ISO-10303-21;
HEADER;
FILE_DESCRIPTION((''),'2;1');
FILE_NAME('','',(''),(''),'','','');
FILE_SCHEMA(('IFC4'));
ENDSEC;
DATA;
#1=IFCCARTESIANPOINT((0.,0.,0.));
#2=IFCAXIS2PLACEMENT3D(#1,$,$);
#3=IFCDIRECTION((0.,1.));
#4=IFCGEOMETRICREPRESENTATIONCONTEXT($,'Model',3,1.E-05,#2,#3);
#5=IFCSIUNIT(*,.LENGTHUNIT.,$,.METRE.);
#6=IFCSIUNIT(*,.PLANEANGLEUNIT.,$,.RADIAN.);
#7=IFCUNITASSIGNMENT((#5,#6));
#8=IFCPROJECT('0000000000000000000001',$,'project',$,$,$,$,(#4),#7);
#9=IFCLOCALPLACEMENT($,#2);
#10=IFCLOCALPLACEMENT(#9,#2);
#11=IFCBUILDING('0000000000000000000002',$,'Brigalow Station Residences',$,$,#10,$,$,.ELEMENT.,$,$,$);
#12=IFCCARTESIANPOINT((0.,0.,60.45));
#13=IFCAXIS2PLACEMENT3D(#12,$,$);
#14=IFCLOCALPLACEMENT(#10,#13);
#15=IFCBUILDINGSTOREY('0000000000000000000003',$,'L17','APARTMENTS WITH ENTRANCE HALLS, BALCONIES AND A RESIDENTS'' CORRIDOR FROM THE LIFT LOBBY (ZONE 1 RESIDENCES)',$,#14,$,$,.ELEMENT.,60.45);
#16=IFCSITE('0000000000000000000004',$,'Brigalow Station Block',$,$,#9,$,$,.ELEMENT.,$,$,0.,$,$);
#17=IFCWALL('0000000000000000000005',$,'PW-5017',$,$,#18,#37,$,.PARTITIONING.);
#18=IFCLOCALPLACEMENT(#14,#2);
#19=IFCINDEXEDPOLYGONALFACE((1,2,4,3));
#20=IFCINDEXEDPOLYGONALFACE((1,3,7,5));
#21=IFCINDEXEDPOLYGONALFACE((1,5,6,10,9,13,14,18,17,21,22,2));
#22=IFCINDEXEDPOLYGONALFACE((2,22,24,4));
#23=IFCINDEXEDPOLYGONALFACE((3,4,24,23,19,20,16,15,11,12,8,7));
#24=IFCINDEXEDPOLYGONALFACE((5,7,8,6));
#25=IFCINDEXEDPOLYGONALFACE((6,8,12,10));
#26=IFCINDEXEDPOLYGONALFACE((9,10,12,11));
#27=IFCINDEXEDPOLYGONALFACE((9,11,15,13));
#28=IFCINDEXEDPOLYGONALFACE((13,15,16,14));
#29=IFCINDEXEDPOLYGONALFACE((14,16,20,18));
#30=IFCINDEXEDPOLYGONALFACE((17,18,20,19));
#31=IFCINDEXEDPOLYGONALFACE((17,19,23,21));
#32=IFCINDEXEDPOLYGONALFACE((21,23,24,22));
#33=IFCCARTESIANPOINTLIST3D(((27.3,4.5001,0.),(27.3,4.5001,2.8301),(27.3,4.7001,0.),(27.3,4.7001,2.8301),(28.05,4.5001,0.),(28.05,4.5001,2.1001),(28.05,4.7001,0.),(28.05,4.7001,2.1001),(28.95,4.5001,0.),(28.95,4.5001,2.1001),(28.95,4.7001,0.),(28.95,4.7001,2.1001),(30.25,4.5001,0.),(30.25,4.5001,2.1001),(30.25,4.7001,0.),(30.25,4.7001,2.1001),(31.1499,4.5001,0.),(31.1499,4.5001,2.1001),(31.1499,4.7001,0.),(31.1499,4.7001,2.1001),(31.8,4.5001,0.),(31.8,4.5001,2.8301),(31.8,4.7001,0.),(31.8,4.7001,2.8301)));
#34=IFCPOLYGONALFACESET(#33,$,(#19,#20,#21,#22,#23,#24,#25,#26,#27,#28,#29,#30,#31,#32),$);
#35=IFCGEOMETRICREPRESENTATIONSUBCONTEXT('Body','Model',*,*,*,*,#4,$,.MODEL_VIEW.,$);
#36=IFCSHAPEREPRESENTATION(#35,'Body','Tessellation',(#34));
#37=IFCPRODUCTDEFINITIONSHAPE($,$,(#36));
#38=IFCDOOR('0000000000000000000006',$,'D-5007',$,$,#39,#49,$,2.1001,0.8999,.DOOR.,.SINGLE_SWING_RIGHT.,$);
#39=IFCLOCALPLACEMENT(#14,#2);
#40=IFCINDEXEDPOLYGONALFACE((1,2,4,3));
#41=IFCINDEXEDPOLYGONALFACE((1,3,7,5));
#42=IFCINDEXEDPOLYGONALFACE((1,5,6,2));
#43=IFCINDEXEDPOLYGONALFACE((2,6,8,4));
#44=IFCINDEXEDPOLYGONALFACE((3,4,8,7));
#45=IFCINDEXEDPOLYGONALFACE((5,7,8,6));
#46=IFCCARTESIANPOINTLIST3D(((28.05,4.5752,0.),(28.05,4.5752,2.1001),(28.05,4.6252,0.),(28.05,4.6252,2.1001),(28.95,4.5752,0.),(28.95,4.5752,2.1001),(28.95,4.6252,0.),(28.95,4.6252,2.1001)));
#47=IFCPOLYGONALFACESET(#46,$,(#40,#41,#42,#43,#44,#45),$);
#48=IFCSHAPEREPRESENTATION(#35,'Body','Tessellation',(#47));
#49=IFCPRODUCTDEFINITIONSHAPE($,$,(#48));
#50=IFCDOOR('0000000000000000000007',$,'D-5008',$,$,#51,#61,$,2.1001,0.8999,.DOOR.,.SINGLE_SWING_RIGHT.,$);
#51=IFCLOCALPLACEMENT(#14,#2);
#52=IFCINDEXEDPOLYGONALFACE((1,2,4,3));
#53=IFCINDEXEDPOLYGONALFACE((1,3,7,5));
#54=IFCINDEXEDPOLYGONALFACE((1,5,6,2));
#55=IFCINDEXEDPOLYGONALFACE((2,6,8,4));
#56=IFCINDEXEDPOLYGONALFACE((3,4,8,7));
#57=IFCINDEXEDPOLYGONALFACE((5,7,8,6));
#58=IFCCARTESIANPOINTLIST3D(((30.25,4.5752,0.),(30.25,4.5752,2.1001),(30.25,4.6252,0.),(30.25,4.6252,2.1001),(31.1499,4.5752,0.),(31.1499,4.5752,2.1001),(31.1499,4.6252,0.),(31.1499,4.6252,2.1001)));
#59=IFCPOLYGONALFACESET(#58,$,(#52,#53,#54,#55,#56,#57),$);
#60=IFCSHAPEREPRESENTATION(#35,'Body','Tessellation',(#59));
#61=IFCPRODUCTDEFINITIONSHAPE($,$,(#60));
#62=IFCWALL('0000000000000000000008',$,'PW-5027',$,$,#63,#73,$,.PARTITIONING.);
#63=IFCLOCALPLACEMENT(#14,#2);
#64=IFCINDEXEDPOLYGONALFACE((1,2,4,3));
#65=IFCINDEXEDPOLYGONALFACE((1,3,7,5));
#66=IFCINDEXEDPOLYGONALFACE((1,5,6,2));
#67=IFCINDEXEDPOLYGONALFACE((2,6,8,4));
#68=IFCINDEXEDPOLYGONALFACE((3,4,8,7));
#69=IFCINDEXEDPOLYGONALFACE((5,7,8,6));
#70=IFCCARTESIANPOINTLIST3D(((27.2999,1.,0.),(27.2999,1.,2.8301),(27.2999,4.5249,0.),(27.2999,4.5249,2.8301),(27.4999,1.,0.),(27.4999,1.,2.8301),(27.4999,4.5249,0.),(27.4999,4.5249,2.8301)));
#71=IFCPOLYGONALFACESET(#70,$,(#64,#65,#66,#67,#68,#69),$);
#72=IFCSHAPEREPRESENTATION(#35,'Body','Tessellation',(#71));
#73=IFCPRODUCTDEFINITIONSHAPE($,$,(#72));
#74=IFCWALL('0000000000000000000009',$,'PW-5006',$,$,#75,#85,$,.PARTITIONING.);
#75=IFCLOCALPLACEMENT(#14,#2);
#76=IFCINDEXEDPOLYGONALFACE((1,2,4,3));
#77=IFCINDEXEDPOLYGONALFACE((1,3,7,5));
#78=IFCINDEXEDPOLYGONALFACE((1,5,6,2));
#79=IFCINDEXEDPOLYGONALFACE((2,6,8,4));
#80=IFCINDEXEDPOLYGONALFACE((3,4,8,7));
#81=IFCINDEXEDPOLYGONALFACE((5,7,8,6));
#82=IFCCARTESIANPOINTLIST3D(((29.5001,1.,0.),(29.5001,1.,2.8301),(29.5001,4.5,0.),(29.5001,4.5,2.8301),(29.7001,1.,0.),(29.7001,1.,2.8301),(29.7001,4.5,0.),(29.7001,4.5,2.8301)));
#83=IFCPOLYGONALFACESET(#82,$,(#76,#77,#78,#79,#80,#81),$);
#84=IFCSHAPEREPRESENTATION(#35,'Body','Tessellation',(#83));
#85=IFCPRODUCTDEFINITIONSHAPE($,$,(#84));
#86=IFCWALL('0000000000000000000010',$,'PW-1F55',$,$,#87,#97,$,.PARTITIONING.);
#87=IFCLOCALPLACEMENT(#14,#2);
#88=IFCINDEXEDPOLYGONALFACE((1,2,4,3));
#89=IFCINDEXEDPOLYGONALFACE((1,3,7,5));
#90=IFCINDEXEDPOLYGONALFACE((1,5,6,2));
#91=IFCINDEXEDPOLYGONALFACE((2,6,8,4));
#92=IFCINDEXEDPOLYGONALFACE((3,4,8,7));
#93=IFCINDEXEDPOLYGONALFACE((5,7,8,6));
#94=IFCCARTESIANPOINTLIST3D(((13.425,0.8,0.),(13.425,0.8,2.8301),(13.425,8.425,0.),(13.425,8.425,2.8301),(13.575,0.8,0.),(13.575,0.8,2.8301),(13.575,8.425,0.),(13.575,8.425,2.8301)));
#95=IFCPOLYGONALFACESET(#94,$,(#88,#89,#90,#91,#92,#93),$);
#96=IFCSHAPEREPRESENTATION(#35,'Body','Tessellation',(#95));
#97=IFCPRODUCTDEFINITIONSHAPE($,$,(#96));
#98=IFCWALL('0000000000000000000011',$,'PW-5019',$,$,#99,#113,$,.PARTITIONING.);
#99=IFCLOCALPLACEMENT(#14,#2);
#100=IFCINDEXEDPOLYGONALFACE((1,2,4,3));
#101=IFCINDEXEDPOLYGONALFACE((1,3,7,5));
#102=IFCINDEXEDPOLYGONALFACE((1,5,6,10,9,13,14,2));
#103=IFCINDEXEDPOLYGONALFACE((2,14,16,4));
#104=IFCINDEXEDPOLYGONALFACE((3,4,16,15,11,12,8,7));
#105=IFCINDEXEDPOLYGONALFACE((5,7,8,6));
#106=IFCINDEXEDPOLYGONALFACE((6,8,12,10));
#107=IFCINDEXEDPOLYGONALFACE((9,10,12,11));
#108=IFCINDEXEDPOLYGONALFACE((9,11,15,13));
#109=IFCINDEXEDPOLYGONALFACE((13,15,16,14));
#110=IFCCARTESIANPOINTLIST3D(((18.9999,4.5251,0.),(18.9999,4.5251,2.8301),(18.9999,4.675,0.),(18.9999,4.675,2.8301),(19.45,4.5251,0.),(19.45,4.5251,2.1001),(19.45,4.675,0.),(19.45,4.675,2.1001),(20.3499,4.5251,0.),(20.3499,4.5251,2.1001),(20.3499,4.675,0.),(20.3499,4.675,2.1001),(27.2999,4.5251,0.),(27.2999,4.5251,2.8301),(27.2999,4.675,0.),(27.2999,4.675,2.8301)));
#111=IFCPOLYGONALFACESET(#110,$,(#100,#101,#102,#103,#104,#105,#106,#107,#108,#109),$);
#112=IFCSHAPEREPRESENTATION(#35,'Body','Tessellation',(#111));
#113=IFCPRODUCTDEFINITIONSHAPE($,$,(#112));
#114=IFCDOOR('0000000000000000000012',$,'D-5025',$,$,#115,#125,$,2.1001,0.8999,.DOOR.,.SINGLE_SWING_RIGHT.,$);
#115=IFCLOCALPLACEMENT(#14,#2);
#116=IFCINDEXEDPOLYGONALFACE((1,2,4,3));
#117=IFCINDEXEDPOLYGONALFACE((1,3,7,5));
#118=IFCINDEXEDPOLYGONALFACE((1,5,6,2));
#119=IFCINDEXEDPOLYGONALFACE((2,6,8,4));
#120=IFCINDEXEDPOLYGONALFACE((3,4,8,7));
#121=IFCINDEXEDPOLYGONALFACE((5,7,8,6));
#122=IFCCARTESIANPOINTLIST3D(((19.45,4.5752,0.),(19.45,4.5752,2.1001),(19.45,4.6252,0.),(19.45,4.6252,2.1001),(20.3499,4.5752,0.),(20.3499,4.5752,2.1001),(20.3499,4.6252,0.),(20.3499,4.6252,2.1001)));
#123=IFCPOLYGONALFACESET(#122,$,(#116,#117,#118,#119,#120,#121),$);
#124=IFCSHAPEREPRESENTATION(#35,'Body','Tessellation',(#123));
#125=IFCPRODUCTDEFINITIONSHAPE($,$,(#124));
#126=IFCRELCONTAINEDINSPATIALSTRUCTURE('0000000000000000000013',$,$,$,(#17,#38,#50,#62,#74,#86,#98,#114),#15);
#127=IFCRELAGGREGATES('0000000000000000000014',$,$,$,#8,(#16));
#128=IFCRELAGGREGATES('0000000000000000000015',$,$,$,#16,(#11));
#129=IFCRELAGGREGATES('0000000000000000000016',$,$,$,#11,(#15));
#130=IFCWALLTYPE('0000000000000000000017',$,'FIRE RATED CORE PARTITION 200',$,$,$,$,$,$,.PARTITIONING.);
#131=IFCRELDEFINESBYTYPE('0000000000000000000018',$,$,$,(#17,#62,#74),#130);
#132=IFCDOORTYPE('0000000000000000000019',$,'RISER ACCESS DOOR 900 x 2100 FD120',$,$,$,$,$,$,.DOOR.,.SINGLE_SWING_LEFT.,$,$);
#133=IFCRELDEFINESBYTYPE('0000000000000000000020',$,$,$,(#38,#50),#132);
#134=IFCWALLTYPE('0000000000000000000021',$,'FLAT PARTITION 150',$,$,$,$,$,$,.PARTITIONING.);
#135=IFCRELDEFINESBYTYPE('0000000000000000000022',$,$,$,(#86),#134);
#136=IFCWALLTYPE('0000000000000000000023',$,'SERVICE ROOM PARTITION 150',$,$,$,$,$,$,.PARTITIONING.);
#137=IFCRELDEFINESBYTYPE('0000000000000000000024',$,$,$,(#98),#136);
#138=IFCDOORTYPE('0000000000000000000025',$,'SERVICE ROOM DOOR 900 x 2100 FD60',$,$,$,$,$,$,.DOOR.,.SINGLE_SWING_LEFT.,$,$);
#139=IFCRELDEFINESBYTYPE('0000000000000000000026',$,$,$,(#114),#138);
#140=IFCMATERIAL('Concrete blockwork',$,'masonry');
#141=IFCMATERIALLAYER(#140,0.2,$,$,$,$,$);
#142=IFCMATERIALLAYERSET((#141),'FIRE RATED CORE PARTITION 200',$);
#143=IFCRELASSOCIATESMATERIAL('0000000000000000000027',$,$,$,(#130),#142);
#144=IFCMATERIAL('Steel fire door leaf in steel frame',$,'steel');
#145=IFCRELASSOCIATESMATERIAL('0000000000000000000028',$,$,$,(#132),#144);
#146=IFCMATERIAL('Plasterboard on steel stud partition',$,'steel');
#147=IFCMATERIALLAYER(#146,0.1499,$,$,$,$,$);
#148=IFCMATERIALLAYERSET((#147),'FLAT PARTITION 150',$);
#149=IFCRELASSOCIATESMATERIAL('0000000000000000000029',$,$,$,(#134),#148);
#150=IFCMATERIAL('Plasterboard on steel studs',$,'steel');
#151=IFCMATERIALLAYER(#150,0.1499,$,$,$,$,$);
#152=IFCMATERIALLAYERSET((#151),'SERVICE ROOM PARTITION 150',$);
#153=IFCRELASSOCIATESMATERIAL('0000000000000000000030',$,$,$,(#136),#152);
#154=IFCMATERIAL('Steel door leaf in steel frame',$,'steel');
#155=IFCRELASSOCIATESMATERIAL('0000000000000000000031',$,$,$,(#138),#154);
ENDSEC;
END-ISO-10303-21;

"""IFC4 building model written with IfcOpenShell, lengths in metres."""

from ifc_helpers import new_model, si_unit, direction, frame, frame_2d, origin, place, context, subcontext, project, spatial, rectangle, extrude, material, layer, layer_set, type_object, element, fill, save


model = new_model("IFC4")

# Units and contexts
model_context = context("Model", 3, precision=1e-05, world=origin(), true_north=direction((0.0, 1.0)))
body_context = subcontext(model_context, "Body", "Model", "MODEL_VIEW")
ifc_project = project(units=[si_unit("LENGTHUNIT", "METRE"), si_unit("PLANEANGLEUNIT", "RADIAN")], contexts=[model_context])

# Site, building, storey
site_placement = place(None, origin())
site = spatial("IfcSite", under=ifc_project, at=site_placement, Name="Brigalow Station Block", CompositionType="ELEMENT", RefElevation=0.0)
building_placement = place(site_placement, origin())
building = spatial("IfcBuilding", under=site, at=building_placement, Name="Brigalow Station Residences", CompositionType="ELEMENT")
storey_placement = place(building_placement, frame((0.0, 0.0, 60.45)))
storey = spatial("IfcBuildingStorey", under=building, at=storey_placement, Name="L17", Description="APARTMENTS WITH ENTRANCE HALLS, BALCONIES AND A RESIDENTS' CORRIDOR FROM THE LIFT LOBBY (ZONE 1 RESIDENCES)", CompositionType="ELEMENT", Elevation=60.45)

# Wall, openings, doors
ifc_material_1 = material(Name="Concrete blockwork", Category="masonry")
ifc_layer_1 = layer(ifc_material_1, 0.2)
ifc_layer_set_1 = layer_set([ifc_layer_1], Name="FIRE RATED CORE PARTITION 200")
wall_type_1 = type_object("IfcWallType", Name="FIRE RATED CORE PARTITION 200", PredefinedType="PARTITIONING", material=ifc_layer_set_1)
wall_1_placement = place(storey_placement, frame((27.3, 4.6001, 0.0), z_axis=(0.0, 0.0, 1.0), x_axis=(1.0, 0.0, 0.0)))
wall_1 = element("IfcWall", 1, at=wall_1_placement, inside=storey, type_object=wall_type_1, Name="PW-5017", PredefinedType="PARTITIONING", context=body_context, shape_type="SweptSolid", body=[
    extrude(rectangle(XDim=4.5, YDim=0.2, at=frame_2d((2.25, 0.0))), origin(), (0.0, 0.0, 1.0), 2.8301),
])
opening_1_placement = place(wall_1_placement, frame((0.75, 0.0, 0.0)))
opening_1 = element("IfcOpeningElement", 2, at=opening_1_placement, cuts=wall_1, PredefinedType="OPENING", context=body_context, shape_type="SweptSolid", body=[
    extrude(rectangle(XDim=0.8999, YDim=2.1001, at=frame_2d((0.45, 1.05))), frame((0.0, 0.1099, 0.0), z_axis=(0.0, -1.0, 0.0), x_axis=(1.0, 0.0, 0.0)), (0.0, 0.0, 1.0), 0.22),
])
opening_2_placement = place(wall_1_placement, frame((2.95, 0.0, 0.0)))
opening_2 = element("IfcOpeningElement", 3, at=opening_2_placement, cuts=wall_1, PredefinedType="OPENING", context=body_context, shape_type="SweptSolid", body=[
    extrude(rectangle(XDim=0.8999, YDim=2.1001, at=frame_2d((0.45, 1.05))), frame((0.0, 0.1099, 0.0), z_axis=(0.0, -1.0, 0.0), x_axis=(1.0, 0.0, 0.0)), (0.0, 0.0, 1.0), 0.22),
])
ifc_material_2 = material(Name="Steel fire door leaf in steel frame", Category="steel")
door_type_1 = type_object("IfcDoorType", Name="RISER ACCESS DOOR 900 x 2100 FD120", OperationType="SINGLE_SWING_LEFT", PredefinedType="DOOR", material=ifc_material_2)
door_1_placement = place(opening_1_placement, frame((0.8999, 0.0, 0.0), z_axis=(0.0, 0.0, 1.0), x_axis=(-1.0, 0.0, 0.0)))
door_1 = element("IfcDoor", 4, at=door_1_placement, inside=storey, type_object=door_type_1, Name="D-5007", OperationType="SINGLE_SWING_RIGHT", OverallHeight=2.1001, OverallWidth=0.8999, PredefinedType="DOOR", context=body_context, shape_type="SweptSolid", body=[
    extrude(rectangle(XDim=0.8999, YDim=2.1001, at=frame_2d((0.45, 1.05))), frame((0.0, 0.0249, 0.0), z_axis=(0.0, -1.0, 0.0), x_axis=(1.0, 0.0, 0.0)), (0.0, 0.0, 1.0), 0.05),
])
fill(opening_1, door_1)
door_2_placement = place(opening_2_placement, frame((0.8999, 0.0, 0.0), z_axis=(0.0, 0.0, 1.0), x_axis=(-1.0, 0.0, 0.0)))
door_2 = element("IfcDoor", 5, at=door_2_placement, inside=storey, type_object=door_type_1, Name="D-5008", OperationType="SINGLE_SWING_RIGHT", OverallHeight=2.1001, OverallWidth=0.8999, PredefinedType="DOOR", context=body_context, shape_type="SweptSolid", body=[
    extrude(rectangle(XDim=0.8999, YDim=2.1001, at=frame_2d((0.45, 1.05))), frame((0.0, 0.0249, 0.0), z_axis=(0.0, -1.0, 0.0), x_axis=(1.0, 0.0, 0.0)), (0.0, 0.0, 1.0), 0.05),
])
fill(opening_2, door_2)

# Walls
wall_2_placement = place(storey_placement, frame((27.3999, 1.0, 0.0), z_axis=(0.0, 0.0, 1.0), x_axis=(0.0, 1.0, 0.0)))
element("IfcWall", 6, at=wall_2_placement, inside=storey, type_object=wall_type_1, Name="PW-5027", PredefinedType="PARTITIONING", context=body_context, shape_type="SweptSolid", body=[
    extrude(rectangle(XDim=3.5249, YDim=0.2, at=frame_2d((1.7625, 0.0))), origin(), (0.0, 0.0, 1.0), 2.8301),
])
wall_3_placement = place(storey_placement, frame((29.6001, 1.0, 0.0), z_axis=(0.0, 0.0, 1.0), x_axis=(0.0, 1.0, 0.0)))
element("IfcWall", 7, at=wall_3_placement, inside=storey, type_object=wall_type_1, Name="PW-5006", PredefinedType="PARTITIONING", context=body_context, shape_type="SweptSolid", body=[
    extrude(rectangle(XDim=3.5, YDim=0.2, at=frame_2d((1.75, 0.0))), origin(), (0.0, 0.0, 1.0), 2.8301),
])
ifc_material_3 = material(Name="Plasterboard on steel stud partition", Category="steel")
ifc_layer_2 = layer(ifc_material_3, 0.1499)
ifc_layer_set_2 = layer_set([ifc_layer_2], Name="FLAT PARTITION 150")
wall_type_2 = type_object("IfcWallType", Name="FLAT PARTITION 150", PredefinedType="PARTITIONING", material=ifc_layer_set_2)
wall_4_placement = place(storey_placement, frame((13.5, 0.8, 0.0), z_axis=(0.0, 0.0, 1.0), x_axis=(0.0, 1.0, 0.0)))
element("IfcWall", 8, at=wall_4_placement, inside=storey, type_object=wall_type_2, Name="PW-1F55", PredefinedType="PARTITIONING", context=body_context, shape_type="SweptSolid", body=[
    extrude(rectangle(XDim=7.625, YDim=0.1499, at=frame_2d((3.8125, 0.0))), origin(), (0.0, 0.0, 1.0), 2.8301),
])

# Wall, opening, door
ifc_material_4 = material(Name="Plasterboard on steel studs", Category="steel")
ifc_layer_3 = layer(ifc_material_4, 0.1499)
ifc_layer_set_3 = layer_set([ifc_layer_3], Name="SERVICE ROOM PARTITION 150")
wall_type_3 = type_object("IfcWallType", Name="SERVICE ROOM PARTITION 150", PredefinedType="PARTITIONING", material=ifc_layer_set_3)
wall_5_placement = place(storey_placement, frame((19.0, 4.6001, 0.0), z_axis=(0.0, 0.0, 1.0), x_axis=(1.0, 0.0, 0.0)))
wall_5 = element("IfcWall", 9, at=wall_5_placement, inside=storey, type_object=wall_type_3, Name="PW-5019", PredefinedType="PARTITIONING", context=body_context, shape_type="SweptSolid", body=[
    extrude(rectangle(XDim=8.3, YDim=0.1499, at=frame_2d((4.1499, 0.0))), origin(), (0.0, 0.0, 1.0), 2.8301),
])
opening_3_placement = place(wall_5_placement, frame((0.45, 0.0, 0.0)))
opening_3 = element("IfcOpeningElement", 10, at=opening_3_placement, cuts=wall_5, PredefinedType="OPENING", context=body_context, shape_type="SweptSolid", body=[
    extrude(rectangle(XDim=0.8999, YDim=2.1001, at=frame_2d((0.45, 1.05))), frame((0.0, 0.085, 0.0), z_axis=(0.0, -1.0, 0.0), x_axis=(1.0, 0.0, 0.0)), (0.0, 0.0, 1.0), 0.1699),
])
ifc_material_5 = material(Name="Steel door leaf in steel frame", Category="steel")
door_type_2 = type_object("IfcDoorType", Name="SERVICE ROOM DOOR 900 x 2100 FD60", OperationType="SINGLE_SWING_LEFT", PredefinedType="DOOR", material=ifc_material_5)
door_3_placement = place(opening_3_placement, frame((0.8999, 0.0, 0.0), z_axis=(0.0, 0.0, 1.0), x_axis=(-1.0, 0.0, 0.0)))
door_3 = element("IfcDoor", 11, at=door_3_placement, inside=storey, type_object=door_type_2, Name="D-5025", OperationType="SINGLE_SWING_RIGHT", OverallHeight=2.1001, OverallWidth=0.8999, PredefinedType="DOOR", context=body_context, shape_type="SweptSolid", body=[
    extrude(rectangle(XDim=0.8999, YDim=2.1001, at=frame_2d((0.45, 1.05))), frame((0.0, 0.0249, 0.0), z_axis=(0.0, -1.0, 0.0), x_axis=(1.0, 0.0, 0.0)), (0.0, 0.0, 1.0), 0.05),
])
fill(opening_3, door_3)

save(model, "model.ifc")
